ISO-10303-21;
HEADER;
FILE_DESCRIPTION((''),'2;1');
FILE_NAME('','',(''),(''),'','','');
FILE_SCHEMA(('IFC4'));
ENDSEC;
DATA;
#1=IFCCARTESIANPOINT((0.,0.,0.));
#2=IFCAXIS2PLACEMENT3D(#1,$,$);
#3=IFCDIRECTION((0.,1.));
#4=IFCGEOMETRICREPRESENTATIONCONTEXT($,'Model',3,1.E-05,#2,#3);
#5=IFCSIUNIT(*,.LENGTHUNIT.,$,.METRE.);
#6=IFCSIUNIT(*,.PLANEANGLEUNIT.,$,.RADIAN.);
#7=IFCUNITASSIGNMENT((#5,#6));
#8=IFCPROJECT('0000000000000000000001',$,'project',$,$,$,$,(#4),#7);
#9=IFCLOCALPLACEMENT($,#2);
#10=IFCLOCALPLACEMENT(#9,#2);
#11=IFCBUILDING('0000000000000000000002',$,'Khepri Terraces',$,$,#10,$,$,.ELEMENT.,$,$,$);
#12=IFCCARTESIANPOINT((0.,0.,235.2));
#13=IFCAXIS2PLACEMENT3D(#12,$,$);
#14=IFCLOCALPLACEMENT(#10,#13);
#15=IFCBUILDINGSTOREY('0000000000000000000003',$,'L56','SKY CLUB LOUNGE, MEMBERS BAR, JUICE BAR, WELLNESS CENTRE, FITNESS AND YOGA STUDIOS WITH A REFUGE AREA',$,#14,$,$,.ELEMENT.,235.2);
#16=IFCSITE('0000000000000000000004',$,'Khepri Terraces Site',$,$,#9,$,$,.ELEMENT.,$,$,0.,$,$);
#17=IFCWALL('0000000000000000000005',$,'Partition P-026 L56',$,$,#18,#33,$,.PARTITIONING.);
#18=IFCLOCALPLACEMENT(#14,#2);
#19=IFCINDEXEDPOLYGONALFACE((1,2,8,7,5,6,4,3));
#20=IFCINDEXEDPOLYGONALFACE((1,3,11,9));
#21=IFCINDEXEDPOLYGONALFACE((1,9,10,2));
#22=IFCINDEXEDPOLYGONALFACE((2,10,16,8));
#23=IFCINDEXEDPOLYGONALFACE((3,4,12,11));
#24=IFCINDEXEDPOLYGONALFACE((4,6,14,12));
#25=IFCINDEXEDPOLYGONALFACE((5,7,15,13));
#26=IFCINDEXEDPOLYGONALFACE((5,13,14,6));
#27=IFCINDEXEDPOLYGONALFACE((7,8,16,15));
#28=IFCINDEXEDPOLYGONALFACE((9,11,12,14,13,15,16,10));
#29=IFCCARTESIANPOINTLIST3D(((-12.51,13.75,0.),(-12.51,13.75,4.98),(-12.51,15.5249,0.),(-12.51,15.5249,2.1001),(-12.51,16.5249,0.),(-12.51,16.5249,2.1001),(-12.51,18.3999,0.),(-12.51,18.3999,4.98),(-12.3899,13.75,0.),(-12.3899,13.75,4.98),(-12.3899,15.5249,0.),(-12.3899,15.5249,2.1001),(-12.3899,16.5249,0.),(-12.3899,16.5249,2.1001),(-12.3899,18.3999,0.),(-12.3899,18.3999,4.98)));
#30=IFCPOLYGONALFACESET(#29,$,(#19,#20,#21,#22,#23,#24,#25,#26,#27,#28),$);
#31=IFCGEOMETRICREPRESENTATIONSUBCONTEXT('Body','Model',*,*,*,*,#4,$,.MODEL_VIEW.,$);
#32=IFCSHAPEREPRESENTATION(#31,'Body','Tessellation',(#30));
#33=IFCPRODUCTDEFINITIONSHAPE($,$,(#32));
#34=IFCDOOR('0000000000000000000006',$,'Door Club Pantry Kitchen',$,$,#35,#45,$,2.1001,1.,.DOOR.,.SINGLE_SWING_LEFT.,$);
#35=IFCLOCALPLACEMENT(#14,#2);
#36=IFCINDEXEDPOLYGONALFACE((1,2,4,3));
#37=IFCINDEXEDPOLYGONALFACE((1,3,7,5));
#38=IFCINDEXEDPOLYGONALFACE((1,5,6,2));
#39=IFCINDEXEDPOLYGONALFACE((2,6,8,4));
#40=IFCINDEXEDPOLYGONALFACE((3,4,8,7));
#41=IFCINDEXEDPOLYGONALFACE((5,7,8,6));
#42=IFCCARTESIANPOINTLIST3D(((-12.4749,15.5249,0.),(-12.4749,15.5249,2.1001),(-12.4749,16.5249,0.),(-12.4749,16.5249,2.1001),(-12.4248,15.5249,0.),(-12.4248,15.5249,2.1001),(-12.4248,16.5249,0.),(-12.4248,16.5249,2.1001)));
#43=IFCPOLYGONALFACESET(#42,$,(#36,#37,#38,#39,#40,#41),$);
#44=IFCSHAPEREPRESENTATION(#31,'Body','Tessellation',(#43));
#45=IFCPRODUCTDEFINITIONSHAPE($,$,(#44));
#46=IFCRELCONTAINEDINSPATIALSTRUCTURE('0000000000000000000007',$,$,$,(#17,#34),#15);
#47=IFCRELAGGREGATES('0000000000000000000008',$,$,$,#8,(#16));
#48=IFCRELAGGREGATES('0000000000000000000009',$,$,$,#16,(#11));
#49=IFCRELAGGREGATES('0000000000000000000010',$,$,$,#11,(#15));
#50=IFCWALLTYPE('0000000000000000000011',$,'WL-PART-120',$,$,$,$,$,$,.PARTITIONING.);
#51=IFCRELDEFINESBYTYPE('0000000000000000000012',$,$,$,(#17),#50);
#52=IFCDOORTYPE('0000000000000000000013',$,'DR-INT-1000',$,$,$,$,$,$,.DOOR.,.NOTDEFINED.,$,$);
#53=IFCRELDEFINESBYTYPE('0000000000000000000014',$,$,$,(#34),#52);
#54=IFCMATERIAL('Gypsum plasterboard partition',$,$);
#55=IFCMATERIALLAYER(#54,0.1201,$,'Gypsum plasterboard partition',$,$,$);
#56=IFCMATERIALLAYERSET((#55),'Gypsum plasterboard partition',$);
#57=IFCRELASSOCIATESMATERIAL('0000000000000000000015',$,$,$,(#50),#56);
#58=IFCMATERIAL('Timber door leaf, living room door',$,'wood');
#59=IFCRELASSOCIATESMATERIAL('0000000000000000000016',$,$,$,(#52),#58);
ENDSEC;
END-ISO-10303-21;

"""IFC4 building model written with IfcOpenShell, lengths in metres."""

from ifc_helpers import new_model, si_unit, direction, frame, frame_2d, origin, place, context, subcontext, project, spatial, rectangle, extrude, material, layer, layer_set, type_object, element, fill, save


model = new_model("IFC4")

# Units and contexts
model_context = context("Model", 3, precision=1e-05, world=origin(), true_north=direction((0.0, 1.0)))
body_context = subcontext(model_context, "Body", "Model", "MODEL_VIEW")
ifc_project = project(units=[si_unit("LENGTHUNIT", "METRE"), si_unit("PLANEANGLEUNIT", "RADIAN")], contexts=[model_context])

# Site, building, storey
site_placement = place(None, origin())
site = spatial("IfcSite", under=ifc_project, at=site_placement, Name="Khepri Terraces Site", CompositionType="ELEMENT", RefElevation=0.0)
building_placement = place(site_placement, origin())
building = spatial("IfcBuilding", under=site, at=building_placement, Name="Khepri Terraces", CompositionType="ELEMENT")
storey_placement = place(building_placement, frame((0.0, 0.0, 235.2)))
storey = spatial("IfcBuildingStorey", under=building, at=storey_placement, Name="L56", Description="SKY CLUB LOUNGE, MEMBERS BAR, JUICE BAR, WELLNESS CENTRE, FITNESS AND YOGA STUDIOS WITH A REFUGE AREA", CompositionType="ELEMENT", Elevation=235.2)

# Shared definitions
ifc_material_1 = material(Name="Gypsum plasterboard partition")
ifc_layer_1 = layer(ifc_material_1, 0.1201, Name="Gypsum plasterboard partition")
ifc_layer_set_1 = layer_set([ifc_layer_1], Name="Gypsum plasterboard partition")
wall_type_1 = type_object("IfcWallType", Name="WL-PART-120", PredefinedType="PARTITIONING", material=ifc_layer_set_1)

# Wall, opening, door
wall_1_placement = place(storey_placement, frame((-12.45, 13.75, 0.0), z_axis=(0.0, 0.0, 1.0), x_axis=(0.0, 1.0, 0.0)))
wall_1 = element("IfcWall", 1, at=wall_1_placement, inside=storey, type_object=wall_type_1, Name="Partition P-026 L56", PredefinedType="PARTITIONING", context=body_context, shape_type="SweptSolid", body=[
    extrude(rectangle(XDim=4.6499, YDim=0.1201, at=frame_2d((2.325, 0.0))), origin(), (0.0, 0.0, 1.0), 4.98),
])
opening_1_placement = place(wall_1_placement, frame((1.7749, 0.0, 0.0)))
opening_1 = element("IfcOpeningElement", 2, at=opening_1_placement, cuts=wall_1, PredefinedType="OPENING", context=body_context, shape_type="SweptSolid", body=[
    extrude(rectangle(XDim=1.0, YDim=2.1001, at=frame_2d((0.5, 1.05))), frame((0.0, 0.0701, 0.0), z_axis=(0.0, -1.0, 0.0), x_axis=(1.0, 0.0, 0.0)), (0.0, 0.0, 1.0), 0.1401),
])
ifc_material_2 = material(Name="Timber door leaf, living room door", Category="wood")
door_type_1 = type_object("IfcDoorType", Name="DR-INT-1000", OperationType="NOTDEFINED", PredefinedType="DOOR", material=ifc_material_2)
door_1_placement = place(opening_1_placement, origin())
door_1 = element("IfcDoor", 3, at=door_1_placement, inside=storey, type_object=door_type_1, Name="Door Club Pantry Kitchen", OperationType="SINGLE_SWING_LEFT", OverallHeight=2.1001, OverallWidth=1.0, PredefinedType="DOOR", context=body_context, shape_type="SweptSolid", body=[
    extrude(rectangle(XDim=1.0, YDim=2.1001, at=frame_2d((0.5, 1.05))), frame((0.0, 0.0249, 0.0), z_axis=(0.0, -1.0, 0.0), x_axis=(1.0, 0.0, 0.0)), (0.0, 0.0, 1.0), 0.05),
])
fill(opening_1, door_1)

save(model, "model.ifc")
